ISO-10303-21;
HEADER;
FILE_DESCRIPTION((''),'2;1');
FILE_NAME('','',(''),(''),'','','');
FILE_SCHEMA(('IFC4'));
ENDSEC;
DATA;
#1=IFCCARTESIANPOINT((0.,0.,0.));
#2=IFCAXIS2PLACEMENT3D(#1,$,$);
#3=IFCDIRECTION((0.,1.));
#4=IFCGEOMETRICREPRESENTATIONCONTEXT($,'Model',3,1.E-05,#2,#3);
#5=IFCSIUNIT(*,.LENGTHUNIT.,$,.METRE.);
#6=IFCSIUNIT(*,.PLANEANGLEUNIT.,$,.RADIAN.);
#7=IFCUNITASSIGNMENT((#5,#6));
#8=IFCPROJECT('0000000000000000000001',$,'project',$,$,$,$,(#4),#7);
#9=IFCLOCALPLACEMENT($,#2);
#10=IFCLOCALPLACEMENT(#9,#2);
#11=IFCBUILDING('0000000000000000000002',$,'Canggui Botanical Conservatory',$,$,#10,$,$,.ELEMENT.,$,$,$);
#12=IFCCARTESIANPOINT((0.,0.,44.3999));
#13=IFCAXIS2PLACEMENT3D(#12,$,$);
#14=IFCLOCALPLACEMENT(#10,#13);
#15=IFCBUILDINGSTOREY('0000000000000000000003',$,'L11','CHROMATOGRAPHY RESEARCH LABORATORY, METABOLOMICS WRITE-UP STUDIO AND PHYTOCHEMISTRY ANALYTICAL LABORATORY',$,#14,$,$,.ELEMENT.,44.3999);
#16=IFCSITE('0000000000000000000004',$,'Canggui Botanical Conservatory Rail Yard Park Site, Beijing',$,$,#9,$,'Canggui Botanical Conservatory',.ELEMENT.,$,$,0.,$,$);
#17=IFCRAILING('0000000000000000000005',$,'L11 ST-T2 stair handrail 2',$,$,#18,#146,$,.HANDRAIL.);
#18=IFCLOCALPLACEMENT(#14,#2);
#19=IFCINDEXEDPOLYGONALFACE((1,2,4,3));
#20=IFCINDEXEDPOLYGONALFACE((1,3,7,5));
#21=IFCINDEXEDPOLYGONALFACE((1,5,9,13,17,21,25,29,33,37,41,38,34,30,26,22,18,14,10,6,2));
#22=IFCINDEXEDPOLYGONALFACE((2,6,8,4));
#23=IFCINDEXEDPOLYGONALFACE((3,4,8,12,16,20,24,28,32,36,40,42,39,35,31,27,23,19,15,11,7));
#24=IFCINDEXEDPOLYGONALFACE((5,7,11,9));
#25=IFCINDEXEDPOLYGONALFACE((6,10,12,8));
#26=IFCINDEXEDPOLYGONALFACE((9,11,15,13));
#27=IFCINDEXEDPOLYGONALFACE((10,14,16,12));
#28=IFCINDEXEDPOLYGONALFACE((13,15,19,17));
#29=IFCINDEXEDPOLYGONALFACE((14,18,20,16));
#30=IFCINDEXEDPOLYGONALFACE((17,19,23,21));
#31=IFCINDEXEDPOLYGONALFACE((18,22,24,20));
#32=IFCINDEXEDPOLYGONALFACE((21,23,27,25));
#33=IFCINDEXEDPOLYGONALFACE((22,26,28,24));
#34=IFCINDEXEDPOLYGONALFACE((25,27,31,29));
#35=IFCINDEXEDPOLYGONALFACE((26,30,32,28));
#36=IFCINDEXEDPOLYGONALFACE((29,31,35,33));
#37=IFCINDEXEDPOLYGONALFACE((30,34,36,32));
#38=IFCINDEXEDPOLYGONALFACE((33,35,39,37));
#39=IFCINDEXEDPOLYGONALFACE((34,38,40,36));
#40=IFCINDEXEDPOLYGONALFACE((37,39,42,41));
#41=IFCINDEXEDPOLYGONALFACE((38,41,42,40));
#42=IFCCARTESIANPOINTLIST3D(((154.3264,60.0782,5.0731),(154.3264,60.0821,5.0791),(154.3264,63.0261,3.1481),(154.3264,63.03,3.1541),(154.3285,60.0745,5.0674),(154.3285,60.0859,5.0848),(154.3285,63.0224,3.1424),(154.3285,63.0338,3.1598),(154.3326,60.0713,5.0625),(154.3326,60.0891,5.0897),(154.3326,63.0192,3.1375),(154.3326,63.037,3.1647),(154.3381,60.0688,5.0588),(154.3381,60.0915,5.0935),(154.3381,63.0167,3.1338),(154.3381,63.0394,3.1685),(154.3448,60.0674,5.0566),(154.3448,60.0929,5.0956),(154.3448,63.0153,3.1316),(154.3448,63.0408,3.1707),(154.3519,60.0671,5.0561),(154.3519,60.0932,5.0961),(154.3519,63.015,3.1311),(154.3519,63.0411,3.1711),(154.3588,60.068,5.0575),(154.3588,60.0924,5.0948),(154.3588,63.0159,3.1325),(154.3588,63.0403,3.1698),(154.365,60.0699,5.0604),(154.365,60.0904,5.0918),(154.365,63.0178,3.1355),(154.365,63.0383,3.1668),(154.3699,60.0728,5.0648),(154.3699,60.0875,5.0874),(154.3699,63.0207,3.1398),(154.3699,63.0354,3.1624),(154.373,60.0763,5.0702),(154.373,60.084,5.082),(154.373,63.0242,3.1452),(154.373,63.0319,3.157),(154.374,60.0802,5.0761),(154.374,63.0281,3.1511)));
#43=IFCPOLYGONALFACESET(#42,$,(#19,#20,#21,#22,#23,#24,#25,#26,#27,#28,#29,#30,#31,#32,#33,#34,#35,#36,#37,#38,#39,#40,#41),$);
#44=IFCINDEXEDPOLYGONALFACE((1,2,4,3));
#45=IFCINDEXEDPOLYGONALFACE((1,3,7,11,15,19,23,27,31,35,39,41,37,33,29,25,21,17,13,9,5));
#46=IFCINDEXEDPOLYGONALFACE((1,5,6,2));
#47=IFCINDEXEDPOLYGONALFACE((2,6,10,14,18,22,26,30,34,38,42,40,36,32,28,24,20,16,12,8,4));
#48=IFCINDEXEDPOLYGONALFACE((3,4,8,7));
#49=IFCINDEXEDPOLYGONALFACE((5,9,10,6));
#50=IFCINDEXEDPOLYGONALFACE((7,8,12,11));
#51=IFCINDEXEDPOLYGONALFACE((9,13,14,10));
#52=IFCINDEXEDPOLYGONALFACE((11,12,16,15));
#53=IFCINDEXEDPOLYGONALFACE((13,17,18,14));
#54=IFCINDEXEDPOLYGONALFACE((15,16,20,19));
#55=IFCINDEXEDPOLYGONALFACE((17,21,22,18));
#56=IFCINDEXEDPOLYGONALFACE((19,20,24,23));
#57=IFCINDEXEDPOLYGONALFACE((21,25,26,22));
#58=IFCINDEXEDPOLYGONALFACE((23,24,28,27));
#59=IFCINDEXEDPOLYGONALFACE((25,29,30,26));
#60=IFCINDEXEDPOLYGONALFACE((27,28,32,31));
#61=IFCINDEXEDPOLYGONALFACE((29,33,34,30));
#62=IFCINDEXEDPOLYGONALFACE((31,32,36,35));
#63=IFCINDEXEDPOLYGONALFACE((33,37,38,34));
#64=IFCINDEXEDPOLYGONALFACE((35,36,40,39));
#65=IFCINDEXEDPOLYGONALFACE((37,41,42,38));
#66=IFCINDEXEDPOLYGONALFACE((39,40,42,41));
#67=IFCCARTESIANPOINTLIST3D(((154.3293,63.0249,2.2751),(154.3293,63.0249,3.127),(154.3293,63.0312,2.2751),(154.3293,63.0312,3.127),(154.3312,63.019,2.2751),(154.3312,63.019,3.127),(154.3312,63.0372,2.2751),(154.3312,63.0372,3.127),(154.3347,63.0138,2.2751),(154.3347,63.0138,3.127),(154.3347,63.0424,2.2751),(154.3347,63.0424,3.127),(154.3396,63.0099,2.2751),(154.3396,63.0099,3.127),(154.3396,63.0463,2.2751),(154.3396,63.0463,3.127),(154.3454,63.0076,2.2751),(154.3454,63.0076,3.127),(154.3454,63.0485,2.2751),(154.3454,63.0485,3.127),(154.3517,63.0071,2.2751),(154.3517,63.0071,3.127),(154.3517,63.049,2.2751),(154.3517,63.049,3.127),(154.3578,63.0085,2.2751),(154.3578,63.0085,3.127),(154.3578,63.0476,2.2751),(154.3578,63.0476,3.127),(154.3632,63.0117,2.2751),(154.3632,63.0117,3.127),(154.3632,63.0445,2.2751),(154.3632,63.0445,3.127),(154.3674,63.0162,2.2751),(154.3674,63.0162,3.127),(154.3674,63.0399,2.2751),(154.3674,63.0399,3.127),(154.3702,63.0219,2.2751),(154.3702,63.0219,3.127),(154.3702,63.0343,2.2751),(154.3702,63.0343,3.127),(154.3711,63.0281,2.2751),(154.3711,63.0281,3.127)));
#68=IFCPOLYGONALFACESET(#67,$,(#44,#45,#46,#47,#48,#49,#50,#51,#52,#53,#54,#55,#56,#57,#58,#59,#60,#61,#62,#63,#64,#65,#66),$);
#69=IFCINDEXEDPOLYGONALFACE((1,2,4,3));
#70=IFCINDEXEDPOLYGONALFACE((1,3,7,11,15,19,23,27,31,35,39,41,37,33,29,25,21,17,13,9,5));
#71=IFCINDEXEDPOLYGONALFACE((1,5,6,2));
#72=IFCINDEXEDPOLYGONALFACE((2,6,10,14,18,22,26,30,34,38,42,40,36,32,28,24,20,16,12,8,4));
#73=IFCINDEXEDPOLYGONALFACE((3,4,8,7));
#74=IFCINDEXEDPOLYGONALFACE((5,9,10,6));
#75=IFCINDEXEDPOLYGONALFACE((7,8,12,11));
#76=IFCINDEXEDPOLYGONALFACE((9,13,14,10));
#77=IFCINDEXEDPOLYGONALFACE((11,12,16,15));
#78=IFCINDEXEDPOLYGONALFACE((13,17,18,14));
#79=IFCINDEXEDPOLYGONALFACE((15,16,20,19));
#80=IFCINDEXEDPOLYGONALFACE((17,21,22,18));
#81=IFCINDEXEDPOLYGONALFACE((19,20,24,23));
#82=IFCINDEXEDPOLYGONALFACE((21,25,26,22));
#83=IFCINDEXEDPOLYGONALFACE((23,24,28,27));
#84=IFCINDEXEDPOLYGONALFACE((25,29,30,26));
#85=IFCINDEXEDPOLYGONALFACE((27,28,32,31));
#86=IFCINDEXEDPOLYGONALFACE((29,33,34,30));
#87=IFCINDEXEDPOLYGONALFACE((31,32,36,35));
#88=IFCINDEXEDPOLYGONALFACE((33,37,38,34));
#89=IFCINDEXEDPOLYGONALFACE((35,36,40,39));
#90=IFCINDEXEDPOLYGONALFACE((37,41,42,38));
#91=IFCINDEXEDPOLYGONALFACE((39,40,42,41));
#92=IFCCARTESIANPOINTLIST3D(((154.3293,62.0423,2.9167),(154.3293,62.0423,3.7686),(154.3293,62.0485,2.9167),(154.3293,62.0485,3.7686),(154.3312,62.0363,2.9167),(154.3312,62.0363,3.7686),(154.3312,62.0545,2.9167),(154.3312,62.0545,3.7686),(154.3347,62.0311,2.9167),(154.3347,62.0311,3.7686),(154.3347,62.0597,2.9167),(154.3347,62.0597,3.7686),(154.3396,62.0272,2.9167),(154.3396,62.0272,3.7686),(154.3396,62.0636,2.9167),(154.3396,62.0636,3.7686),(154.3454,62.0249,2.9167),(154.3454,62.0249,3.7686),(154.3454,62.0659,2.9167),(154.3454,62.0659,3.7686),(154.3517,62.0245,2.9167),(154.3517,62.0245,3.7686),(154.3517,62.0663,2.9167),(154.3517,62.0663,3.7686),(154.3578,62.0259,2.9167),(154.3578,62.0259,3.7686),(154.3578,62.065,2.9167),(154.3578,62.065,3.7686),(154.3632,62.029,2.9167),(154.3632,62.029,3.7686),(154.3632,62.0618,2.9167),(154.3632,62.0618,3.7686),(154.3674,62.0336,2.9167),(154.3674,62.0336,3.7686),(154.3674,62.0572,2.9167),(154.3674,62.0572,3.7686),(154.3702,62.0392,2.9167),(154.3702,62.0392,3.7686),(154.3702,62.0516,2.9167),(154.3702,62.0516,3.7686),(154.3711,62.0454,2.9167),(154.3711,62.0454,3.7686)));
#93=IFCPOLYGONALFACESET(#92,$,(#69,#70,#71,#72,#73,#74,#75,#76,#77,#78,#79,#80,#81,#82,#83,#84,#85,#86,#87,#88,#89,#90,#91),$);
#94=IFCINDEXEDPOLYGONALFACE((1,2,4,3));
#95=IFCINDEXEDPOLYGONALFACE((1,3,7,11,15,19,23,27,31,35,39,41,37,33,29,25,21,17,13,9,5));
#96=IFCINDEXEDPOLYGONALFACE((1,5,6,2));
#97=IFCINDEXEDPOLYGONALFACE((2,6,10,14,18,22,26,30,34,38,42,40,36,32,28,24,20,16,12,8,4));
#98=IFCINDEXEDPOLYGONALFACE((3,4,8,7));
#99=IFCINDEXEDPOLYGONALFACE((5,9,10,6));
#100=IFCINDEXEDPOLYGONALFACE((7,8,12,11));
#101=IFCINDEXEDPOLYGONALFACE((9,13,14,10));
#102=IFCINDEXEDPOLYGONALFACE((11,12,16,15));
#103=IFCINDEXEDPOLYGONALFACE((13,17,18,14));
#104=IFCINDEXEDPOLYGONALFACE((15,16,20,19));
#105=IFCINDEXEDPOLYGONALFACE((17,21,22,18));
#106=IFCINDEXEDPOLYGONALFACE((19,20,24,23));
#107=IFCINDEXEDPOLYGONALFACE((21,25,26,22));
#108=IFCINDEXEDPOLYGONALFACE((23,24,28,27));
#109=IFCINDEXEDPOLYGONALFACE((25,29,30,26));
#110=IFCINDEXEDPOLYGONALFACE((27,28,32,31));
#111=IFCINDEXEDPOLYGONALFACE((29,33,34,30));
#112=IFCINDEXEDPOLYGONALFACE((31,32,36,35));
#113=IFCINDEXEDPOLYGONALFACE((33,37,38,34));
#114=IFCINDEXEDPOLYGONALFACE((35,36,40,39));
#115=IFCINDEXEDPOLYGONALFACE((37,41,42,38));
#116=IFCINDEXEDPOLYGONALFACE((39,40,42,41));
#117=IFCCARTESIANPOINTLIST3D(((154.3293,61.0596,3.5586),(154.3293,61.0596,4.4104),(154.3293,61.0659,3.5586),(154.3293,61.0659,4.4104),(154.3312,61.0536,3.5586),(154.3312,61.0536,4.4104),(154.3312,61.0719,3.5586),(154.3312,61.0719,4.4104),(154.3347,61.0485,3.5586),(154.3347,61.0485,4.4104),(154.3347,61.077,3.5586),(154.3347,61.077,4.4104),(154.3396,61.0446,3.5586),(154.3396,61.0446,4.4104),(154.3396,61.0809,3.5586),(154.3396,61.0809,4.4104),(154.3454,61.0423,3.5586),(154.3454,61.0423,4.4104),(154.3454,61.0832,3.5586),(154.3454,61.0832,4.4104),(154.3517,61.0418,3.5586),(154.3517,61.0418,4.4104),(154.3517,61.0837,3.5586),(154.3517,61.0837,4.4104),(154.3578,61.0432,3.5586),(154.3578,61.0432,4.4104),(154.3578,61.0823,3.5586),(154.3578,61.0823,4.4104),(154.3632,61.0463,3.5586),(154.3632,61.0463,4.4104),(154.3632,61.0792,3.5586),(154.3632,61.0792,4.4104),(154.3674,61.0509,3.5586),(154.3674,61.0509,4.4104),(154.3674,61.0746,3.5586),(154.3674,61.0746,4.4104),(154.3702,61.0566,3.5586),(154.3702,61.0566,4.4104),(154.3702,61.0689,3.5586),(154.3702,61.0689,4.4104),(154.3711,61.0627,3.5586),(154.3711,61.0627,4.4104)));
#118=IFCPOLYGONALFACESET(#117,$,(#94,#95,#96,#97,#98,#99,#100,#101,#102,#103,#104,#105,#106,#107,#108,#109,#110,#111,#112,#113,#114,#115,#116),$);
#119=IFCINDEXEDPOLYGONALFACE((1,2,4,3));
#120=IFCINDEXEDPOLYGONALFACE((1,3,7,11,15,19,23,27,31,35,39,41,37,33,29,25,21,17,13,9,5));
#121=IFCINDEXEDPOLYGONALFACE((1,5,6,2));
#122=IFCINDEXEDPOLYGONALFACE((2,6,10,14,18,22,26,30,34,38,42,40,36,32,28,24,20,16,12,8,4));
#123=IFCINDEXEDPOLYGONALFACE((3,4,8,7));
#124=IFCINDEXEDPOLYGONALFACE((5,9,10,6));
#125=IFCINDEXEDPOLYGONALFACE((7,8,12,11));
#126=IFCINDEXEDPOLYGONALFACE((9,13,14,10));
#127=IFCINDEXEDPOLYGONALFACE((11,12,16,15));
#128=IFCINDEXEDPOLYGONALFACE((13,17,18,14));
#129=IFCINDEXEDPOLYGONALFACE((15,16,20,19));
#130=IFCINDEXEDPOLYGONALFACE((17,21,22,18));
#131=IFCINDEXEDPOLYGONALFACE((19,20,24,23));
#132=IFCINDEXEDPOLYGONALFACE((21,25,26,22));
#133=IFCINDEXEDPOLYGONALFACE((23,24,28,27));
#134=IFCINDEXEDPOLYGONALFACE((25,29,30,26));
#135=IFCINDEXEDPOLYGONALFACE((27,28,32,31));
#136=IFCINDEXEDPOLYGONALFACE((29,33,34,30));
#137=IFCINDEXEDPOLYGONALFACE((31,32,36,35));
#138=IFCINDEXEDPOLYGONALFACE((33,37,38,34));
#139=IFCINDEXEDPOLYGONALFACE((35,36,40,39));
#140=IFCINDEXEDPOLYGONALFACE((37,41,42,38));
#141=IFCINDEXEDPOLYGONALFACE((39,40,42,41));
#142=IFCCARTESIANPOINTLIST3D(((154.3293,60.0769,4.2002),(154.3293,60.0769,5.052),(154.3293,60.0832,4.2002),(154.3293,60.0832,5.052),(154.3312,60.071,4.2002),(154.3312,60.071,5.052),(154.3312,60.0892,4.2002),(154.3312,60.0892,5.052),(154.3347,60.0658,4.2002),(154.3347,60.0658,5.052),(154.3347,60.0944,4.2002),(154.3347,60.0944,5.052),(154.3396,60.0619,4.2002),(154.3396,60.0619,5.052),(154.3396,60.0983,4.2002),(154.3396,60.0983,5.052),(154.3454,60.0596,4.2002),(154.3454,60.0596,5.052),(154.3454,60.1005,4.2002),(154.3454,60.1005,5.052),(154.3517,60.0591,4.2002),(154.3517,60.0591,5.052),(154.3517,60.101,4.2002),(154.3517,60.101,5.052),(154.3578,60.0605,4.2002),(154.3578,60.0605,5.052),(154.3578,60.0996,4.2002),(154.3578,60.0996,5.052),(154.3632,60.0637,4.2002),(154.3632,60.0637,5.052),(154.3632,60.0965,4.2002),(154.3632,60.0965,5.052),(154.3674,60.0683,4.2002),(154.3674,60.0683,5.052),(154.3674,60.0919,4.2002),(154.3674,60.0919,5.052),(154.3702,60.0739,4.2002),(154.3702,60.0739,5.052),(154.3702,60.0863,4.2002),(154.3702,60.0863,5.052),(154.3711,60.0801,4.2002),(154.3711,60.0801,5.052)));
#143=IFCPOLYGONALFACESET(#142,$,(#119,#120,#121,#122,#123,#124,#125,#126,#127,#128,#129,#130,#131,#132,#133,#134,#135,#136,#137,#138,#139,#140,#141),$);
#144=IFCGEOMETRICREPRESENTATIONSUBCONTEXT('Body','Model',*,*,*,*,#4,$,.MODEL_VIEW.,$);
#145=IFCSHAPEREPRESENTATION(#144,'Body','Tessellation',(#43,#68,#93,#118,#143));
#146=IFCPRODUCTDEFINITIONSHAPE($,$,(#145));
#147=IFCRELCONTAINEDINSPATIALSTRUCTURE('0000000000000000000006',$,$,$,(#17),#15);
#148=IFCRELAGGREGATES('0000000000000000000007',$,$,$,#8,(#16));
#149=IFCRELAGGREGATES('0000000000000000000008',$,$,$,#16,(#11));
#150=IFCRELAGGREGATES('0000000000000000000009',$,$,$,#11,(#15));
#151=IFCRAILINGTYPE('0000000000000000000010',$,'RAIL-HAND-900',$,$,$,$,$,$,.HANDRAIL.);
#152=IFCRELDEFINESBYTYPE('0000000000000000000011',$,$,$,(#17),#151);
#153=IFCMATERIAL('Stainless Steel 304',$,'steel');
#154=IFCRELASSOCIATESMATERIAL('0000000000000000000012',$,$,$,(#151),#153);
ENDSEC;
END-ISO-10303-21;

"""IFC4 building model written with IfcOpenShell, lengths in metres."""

from ifc_helpers import new_model, si_unit, direction, frame, origin, origin_2d, place, context, subcontext, project, spatial, circle, extrude, material, type_object, element, save


model = new_model("IFC4")

# Units and contexts
model_context = context("Model", 3, precision=1e-05, world=origin(), true_north=direction((0.0, 1.0)))
body_context = subcontext(model_context, "Body", "Model", "MODEL_VIEW")
ifc_project = project(units=[si_unit("LENGTHUNIT", "METRE"), si_unit("PLANEANGLEUNIT", "RADIAN")], contexts=[model_context])

# Site, building, storey
site_placement = place(None, origin())
site = spatial("IfcSite", under=ifc_project, at=site_placement, Name="Canggui Botanical Conservatory Rail Yard Park Site, Beijing", LongName="Canggui Botanical Conservatory", CompositionType="ELEMENT", RefElevation=0.0)
building_placement = place(site_placement, origin())
building = spatial("IfcBuilding", under=site, at=building_placement, Name="Canggui Botanical Conservatory", CompositionType="ELEMENT")
storey_placement = place(building_placement, frame((0.0, 0.0, 44.3999)))
storey = spatial("IfcBuildingStorey", under=building, at=storey_placement, Name="L11", Description="CHROMATOGRAPHY RESEARCH LABORATORY, METABOLOMICS WRITE-UP STUDIO AND PHYTOCHEMISTRY ANALYTICAL LABORATORY", CompositionType="ELEMENT", Elevation=44.3999)

# Railing
ifc_material_1 = material(Name="Stainless Steel 304", Category="steel")
railing_type_1 = type_object("IfcRailingType", Name="RAIL-HAND-900", PredefinedType="HANDRAIL", material=ifc_material_1)
railing_1_placement = place(storey_placement, frame((154.3501, 63.0281, 2.2751)))
element("IfcRailing", 1, at=railing_1_placement, inside=storey, type_object=railing_type_1, Name="L11 ST-T2 stair handrail 2", PredefinedType="HANDRAIL", context=body_context, shape_type="SweptSolid", body=[
    extrude(circle(Radius=0.0239, at=origin_2d()), frame((0.0, 0.0, 0.876), z_axis=(0.0, -0.837293, 0.546754), x_axis=(1.0, 0.0, 0.0)), (0.0, 0.0, 1.0), 3.5208),
    extrude(circle(Radius=0.021, at=origin_2d()), origin(), (0.0, 0.0, 1.0), 0.8518),
    extrude(circle(Radius=0.021, at=origin_2d()), frame((0.0, -0.9827, 0.6416)), (0.0, 0.0, 1.0), 0.8518),
    extrude(circle(Radius=0.021, at=origin_2d()), frame((0.0, -1.9653, 1.2834)), (0.0, 0.0, 1.0), 0.8518),
    extrude(circle(Radius=0.021, at=origin_2d()), frame((0.0, -2.948, 1.925)), (0.0, 0.0, 1.0), 0.8518),
])

save(model, "model.ifc")
